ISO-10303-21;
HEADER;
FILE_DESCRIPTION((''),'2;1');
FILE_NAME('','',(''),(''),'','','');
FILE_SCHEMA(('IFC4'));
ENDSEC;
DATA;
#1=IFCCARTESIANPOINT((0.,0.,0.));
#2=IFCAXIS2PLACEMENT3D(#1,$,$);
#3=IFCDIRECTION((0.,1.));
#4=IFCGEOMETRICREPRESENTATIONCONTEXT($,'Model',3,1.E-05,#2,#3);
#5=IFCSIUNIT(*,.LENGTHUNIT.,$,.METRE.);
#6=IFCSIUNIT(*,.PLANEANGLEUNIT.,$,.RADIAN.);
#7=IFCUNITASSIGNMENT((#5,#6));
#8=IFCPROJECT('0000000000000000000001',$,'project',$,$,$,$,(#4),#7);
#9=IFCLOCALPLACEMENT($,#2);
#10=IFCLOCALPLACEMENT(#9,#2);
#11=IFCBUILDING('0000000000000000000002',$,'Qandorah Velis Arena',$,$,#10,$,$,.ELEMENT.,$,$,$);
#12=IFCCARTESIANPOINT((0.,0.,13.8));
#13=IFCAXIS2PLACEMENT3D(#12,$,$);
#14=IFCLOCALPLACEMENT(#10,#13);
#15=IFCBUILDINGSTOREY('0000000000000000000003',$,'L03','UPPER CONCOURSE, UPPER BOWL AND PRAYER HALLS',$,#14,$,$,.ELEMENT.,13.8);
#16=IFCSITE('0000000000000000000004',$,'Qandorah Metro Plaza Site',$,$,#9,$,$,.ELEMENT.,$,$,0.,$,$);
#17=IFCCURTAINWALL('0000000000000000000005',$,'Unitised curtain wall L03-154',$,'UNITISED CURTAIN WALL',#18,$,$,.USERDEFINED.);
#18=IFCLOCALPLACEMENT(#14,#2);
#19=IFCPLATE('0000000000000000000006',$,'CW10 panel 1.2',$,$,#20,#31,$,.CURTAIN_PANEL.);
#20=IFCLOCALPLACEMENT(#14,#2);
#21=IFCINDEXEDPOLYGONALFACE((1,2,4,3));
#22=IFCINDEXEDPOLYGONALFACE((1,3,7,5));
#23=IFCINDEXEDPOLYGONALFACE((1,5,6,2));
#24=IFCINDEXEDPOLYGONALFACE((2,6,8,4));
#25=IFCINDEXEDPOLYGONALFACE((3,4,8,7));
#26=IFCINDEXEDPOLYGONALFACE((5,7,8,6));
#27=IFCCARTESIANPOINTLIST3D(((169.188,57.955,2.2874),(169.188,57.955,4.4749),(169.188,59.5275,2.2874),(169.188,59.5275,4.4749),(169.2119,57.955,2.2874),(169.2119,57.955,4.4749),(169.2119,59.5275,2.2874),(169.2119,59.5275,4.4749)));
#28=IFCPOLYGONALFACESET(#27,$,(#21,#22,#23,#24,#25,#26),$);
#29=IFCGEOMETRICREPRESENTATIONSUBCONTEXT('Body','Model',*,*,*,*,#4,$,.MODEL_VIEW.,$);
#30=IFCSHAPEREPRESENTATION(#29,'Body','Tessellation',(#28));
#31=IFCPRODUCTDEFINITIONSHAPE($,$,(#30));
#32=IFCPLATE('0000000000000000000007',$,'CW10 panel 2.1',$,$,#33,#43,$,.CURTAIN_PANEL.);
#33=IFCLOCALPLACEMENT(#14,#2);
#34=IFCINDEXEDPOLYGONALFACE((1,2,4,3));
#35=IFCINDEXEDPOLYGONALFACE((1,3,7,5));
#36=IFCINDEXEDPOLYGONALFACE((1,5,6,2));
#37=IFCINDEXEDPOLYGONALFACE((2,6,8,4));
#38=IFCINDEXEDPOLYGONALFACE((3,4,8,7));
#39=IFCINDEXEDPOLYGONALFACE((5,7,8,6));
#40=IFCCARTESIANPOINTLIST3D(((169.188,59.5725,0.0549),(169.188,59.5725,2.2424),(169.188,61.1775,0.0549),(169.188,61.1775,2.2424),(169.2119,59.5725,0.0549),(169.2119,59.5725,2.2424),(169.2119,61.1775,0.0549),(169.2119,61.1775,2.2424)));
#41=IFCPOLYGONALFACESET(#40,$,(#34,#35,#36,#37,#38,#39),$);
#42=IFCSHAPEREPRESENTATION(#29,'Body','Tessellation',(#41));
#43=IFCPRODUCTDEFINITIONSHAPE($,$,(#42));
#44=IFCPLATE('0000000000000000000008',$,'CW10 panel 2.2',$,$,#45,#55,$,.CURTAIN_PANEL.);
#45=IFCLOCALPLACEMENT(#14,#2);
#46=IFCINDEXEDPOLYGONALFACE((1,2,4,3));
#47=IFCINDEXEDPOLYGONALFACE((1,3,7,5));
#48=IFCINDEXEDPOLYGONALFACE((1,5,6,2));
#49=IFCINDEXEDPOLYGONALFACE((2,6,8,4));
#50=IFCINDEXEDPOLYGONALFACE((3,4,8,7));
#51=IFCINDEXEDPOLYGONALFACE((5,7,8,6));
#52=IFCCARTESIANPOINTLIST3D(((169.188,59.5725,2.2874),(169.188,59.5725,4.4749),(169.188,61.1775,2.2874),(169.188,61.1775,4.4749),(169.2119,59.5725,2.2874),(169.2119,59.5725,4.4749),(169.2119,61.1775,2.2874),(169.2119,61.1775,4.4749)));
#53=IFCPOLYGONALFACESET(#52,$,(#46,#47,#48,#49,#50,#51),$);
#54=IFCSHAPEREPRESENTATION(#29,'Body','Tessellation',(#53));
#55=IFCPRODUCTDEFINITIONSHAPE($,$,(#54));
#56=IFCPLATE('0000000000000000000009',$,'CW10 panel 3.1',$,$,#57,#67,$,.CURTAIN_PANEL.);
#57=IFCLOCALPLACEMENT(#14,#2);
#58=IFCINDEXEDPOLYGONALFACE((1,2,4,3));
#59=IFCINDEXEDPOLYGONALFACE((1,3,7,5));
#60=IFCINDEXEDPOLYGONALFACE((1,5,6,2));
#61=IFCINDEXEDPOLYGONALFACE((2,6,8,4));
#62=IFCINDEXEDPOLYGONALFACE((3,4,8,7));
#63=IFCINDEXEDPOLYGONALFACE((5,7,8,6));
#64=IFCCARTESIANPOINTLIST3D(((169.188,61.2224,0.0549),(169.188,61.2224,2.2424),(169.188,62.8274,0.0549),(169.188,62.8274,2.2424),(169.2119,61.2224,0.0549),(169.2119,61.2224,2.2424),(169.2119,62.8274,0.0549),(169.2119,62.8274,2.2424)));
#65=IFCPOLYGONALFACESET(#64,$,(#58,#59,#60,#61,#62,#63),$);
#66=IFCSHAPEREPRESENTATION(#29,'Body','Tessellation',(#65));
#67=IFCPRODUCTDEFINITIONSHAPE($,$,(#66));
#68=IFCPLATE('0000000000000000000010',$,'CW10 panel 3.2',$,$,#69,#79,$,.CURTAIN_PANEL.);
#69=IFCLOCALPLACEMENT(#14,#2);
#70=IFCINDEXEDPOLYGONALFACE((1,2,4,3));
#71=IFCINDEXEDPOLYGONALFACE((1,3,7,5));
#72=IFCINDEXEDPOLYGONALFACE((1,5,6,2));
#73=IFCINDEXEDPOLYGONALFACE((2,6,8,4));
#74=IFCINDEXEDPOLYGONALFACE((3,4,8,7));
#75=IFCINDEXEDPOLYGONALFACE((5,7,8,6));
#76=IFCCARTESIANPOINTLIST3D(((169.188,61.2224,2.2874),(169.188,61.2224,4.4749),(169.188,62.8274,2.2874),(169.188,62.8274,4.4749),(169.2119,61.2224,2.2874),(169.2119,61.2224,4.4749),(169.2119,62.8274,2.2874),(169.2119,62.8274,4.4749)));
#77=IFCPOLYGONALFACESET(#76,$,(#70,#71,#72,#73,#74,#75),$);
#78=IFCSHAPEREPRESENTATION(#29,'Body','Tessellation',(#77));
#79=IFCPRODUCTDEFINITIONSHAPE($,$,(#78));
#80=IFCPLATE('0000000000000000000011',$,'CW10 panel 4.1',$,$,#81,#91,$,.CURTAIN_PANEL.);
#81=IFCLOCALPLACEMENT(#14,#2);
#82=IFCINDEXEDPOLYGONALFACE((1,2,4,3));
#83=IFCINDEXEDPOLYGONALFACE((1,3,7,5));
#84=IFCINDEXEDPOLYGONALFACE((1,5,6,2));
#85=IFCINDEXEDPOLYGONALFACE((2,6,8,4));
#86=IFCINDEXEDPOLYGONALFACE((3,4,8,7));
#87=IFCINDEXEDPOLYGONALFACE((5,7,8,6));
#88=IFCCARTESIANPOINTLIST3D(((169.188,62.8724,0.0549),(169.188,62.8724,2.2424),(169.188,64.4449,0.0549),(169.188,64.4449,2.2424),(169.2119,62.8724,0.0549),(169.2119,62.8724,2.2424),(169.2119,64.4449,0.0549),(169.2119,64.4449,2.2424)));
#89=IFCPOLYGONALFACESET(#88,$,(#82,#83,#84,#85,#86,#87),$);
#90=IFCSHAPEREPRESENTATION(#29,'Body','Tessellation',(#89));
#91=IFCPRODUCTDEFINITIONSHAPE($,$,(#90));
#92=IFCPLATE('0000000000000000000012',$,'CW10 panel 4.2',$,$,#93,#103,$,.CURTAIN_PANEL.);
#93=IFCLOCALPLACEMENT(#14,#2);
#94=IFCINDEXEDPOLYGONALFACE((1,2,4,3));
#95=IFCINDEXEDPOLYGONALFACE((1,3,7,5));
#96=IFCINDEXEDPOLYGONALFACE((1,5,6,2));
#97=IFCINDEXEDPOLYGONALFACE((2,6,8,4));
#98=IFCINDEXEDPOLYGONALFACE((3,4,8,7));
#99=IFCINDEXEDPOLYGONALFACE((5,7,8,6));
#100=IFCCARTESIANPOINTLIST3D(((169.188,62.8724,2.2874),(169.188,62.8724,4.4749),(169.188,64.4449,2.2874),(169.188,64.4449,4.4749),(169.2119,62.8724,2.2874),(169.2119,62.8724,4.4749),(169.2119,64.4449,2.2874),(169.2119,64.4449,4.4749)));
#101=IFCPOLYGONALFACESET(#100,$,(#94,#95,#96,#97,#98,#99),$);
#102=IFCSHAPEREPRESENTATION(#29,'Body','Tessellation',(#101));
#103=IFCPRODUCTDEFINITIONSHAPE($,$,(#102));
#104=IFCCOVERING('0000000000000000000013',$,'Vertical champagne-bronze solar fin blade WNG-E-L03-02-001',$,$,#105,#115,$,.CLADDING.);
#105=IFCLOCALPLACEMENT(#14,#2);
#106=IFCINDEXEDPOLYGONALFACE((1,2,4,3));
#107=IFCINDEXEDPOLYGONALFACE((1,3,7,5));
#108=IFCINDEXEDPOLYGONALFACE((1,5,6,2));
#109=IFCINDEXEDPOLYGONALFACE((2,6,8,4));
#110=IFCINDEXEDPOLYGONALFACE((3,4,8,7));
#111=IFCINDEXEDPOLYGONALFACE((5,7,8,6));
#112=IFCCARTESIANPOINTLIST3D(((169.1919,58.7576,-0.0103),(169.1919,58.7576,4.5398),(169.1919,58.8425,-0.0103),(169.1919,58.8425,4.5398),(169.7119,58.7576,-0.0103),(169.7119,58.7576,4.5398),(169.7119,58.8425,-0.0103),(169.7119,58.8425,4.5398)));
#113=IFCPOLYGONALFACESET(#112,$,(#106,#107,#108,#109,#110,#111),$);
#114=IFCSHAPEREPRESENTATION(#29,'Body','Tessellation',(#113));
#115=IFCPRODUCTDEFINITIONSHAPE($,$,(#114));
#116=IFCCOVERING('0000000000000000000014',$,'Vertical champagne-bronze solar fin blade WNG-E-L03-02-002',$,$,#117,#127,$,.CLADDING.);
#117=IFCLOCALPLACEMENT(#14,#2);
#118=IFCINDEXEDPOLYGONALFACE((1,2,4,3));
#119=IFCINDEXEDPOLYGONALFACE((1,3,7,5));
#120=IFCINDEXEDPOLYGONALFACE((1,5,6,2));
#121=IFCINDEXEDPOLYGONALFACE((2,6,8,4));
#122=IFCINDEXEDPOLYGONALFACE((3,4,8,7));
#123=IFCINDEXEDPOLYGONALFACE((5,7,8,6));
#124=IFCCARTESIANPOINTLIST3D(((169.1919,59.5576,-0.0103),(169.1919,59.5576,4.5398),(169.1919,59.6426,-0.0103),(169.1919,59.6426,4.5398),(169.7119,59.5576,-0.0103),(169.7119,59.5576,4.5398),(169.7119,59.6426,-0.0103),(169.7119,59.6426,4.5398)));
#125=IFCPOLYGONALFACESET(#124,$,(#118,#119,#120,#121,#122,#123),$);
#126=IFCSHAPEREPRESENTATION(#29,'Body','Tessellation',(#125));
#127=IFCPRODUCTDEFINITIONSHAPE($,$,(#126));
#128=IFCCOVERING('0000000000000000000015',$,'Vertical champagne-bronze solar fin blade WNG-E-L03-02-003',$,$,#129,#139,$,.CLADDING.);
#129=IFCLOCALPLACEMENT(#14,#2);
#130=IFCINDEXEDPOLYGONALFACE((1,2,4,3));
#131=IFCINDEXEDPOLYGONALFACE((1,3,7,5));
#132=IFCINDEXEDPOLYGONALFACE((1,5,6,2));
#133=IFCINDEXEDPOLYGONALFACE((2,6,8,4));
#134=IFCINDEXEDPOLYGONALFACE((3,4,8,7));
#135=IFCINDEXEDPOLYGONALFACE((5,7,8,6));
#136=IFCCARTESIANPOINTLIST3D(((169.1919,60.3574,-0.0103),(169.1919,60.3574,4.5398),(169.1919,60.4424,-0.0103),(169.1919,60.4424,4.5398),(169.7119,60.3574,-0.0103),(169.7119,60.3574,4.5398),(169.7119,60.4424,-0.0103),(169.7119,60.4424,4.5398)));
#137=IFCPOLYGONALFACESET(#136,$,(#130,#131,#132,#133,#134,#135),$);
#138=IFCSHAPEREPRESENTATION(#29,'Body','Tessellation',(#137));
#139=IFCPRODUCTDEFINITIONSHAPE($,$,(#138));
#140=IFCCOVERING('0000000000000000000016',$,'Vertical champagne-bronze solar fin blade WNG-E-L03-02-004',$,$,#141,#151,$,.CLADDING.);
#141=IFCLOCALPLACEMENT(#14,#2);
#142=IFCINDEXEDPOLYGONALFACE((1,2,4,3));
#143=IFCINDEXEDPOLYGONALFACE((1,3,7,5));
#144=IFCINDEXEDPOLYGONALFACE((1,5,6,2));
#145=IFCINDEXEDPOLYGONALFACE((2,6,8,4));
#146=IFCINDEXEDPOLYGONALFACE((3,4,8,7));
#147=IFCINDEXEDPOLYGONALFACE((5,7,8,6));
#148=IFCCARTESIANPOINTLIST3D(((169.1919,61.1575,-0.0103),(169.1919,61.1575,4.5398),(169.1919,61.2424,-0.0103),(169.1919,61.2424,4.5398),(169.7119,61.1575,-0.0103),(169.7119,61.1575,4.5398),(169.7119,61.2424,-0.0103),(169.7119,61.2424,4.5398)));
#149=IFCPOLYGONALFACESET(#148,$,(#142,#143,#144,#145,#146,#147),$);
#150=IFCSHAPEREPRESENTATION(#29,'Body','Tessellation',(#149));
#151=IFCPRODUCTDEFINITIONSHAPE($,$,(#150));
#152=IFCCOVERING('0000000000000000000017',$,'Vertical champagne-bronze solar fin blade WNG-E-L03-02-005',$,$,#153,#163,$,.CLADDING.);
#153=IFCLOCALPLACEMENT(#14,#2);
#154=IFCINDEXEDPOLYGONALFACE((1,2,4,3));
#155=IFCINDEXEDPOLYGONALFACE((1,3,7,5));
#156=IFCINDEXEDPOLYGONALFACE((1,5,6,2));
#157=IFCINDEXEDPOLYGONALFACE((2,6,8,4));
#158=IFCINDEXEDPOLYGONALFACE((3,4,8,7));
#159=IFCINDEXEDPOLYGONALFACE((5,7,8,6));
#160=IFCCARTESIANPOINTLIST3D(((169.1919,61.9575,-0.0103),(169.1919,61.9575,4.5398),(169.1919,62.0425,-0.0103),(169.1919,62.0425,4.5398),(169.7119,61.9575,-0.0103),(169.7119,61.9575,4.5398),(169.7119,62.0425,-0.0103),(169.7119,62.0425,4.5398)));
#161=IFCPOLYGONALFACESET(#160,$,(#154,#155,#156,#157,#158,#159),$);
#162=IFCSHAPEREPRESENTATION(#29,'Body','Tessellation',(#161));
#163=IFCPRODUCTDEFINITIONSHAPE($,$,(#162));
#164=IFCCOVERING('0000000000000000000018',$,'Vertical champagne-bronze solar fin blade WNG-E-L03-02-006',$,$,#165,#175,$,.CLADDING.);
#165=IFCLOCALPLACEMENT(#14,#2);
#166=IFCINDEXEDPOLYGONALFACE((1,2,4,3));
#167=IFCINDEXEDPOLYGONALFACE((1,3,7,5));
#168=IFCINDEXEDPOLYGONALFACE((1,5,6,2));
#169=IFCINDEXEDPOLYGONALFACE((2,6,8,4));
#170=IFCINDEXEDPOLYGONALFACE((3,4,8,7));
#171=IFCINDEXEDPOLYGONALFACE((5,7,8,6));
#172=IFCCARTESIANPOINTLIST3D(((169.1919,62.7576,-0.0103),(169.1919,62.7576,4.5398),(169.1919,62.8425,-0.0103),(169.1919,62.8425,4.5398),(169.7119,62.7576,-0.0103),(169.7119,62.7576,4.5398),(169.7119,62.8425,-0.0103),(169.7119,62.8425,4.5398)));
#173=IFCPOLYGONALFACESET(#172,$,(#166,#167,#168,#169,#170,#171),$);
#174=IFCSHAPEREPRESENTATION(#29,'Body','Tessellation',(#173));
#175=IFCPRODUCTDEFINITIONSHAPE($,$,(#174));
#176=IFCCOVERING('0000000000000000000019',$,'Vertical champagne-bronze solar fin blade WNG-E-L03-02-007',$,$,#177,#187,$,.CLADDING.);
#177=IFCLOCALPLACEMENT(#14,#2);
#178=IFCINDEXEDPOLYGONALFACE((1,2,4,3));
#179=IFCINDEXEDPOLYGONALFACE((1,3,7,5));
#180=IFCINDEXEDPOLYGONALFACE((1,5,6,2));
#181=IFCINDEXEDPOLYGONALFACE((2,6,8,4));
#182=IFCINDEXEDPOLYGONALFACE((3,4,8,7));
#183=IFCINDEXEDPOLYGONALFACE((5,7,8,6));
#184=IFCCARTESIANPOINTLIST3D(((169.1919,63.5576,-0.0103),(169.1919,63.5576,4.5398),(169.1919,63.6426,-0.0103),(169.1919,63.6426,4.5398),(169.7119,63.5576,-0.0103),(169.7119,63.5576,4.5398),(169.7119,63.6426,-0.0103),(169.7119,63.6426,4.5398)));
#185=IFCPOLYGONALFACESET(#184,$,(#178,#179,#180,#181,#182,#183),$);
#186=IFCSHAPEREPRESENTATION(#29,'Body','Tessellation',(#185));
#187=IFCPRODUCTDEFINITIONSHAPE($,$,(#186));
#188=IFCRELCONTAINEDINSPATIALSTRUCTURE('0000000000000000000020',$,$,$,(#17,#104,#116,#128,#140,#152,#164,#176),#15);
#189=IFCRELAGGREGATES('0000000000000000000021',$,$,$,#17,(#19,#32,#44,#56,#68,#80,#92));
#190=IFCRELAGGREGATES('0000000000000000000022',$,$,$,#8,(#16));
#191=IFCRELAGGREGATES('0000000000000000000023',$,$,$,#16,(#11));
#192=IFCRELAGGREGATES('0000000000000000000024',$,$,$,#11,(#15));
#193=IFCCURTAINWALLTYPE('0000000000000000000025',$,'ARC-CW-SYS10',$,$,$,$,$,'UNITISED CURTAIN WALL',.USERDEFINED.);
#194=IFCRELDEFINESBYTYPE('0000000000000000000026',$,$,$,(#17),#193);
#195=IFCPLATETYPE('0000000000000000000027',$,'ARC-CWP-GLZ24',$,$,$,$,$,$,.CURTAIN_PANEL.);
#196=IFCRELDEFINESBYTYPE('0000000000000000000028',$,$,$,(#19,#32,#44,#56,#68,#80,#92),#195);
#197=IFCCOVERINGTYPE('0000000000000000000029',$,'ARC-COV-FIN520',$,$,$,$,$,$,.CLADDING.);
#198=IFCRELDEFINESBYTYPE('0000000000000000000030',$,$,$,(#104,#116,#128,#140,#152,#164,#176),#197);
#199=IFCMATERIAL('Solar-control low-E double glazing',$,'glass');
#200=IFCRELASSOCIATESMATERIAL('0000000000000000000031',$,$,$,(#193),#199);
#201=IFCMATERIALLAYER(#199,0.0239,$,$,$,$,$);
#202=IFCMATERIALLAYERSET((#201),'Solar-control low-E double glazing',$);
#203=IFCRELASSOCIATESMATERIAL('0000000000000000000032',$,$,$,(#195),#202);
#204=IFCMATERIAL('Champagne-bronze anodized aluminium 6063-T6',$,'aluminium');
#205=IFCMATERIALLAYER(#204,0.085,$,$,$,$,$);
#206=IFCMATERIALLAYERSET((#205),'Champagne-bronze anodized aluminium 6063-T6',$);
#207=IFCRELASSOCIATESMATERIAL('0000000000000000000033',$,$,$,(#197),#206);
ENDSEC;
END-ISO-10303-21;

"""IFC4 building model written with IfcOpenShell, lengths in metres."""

from ifc_helpers import new_model, si_unit, direction, frame, origin, origin_2d, place, context, subcontext, project, spatial, rectangle, extrude, material, layer, layer_set, type_object, element, aggregate, save


model = new_model("IFC4")

# Units and contexts
model_context = context("Model", 3, precision=1e-05, world=origin(), true_north=direction((0.0, 1.0)))
body_context = subcontext(model_context, "Body", "Model", "MODEL_VIEW")
ifc_project = project(units=[si_unit("LENGTHUNIT", "METRE"), si_unit("PLANEANGLEUNIT", "RADIAN")], contexts=[model_context])

# Site, building, storey
site_placement = place(None, origin())
site = spatial("IfcSite", under=ifc_project, at=site_placement, Name="Qandorah Metro Plaza Site", CompositionType="ELEMENT", RefElevation=0.0)
building_placement = place(site_placement, origin())
building = spatial("IfcBuilding", under=site, at=building_placement, Name="Qandorah Velis Arena", CompositionType="ELEMENT")
storey_placement = place(building_placement, frame((0.0, 0.0, 13.8)))
storey = spatial("IfcBuildingStorey", under=building, at=storey_placement, Name="L03", Description="UPPER CONCOURSE, UPPER BOWL AND PRAYER HALLS", CompositionType="ELEMENT", Elevation=13.8)

# Curtain wall
ifc_material_1 = material(Name="Solar-control low-E double glazing", Category="glass")
curtain_wall_type = type_object("IfcCurtainWallType", Name="ARC-CW-SYS10", ElementType="UNITISED CURTAIN WALL", PredefinedType="USERDEFINED", material=ifc_material_1)
curtain_wall_placement = place(storey_placement, origin())
curtain_wall = element("IfcCurtainWall", 1, at=curtain_wall_placement, inside=storey, type_object=curtain_wall_type, Name="Unitised curtain wall L03-154", ObjectType="UNITISED CURTAIN WALL", PredefinedType="USERDEFINED")
ifc_material_2 = material(Name="Champagne-bronze anodized aluminium 6063-T6", Category="aluminium")

# Plates
ifc_layer_1 = layer(ifc_material_1, 0.0239)
ifc_layer_set_1 = layer_set([ifc_layer_1], Name="Solar-control low-E double glazing")
plate_type = type_object("IfcPlateType", Name="ARC-CWP-GLZ24", PredefinedType="CURTAIN_PANEL", material=ifc_layer_set_1)
plate_1_placement = place(storey_placement, frame((169.2, 58.7412, 2.2874), z_axis=(0.0, 0.0, 1.0), x_axis=(0.0, 1.0, 0.0)))
plate_1 = element("IfcPlate", 2, at=plate_1_placement, type_object=plate_type, Name="CW10 panel 1.2", PredefinedType="CURTAIN_PANEL", context=body_context, shape_type="SweptSolid", body=[
    extrude(rectangle(XDim=1.5725, YDim=0.0239, at=origin_2d()), origin(), (0.0, 0.0, 1.0), 2.1875),
])
plate_2_placement = place(storey_placement, frame((169.2, 60.375, 0.0549), z_axis=(0.0, 0.0, 1.0), x_axis=(0.0, 1.0, 0.0)))
plate_2 = element("IfcPlate", 3, at=plate_2_placement, type_object=plate_type, Name="CW10 panel 2.1", PredefinedType="CURTAIN_PANEL", context=body_context, shape_type="SweptSolid", body=[
    extrude(rectangle(XDim=1.605, YDim=0.0239, at=origin_2d()), origin(), (0.0, 0.0, 1.0), 2.1875),
])
plate_3_placement = place(storey_placement, frame((169.2, 60.375, 2.2874), z_axis=(0.0, 0.0, 1.0), x_axis=(0.0, 1.0, 0.0)))
plate_3 = element("IfcPlate", 4, at=plate_3_placement, type_object=plate_type, Name="CW10 panel 2.2", PredefinedType="CURTAIN_PANEL", context=body_context, shape_type="SweptSolid", body=[
    extrude(rectangle(XDim=1.605, YDim=0.0239, at=origin_2d()), origin(), (0.0, 0.0, 1.0), 2.1875),
])
plate_4_placement = place(storey_placement, frame((169.2, 62.0249, 0.0549), z_axis=(0.0, 0.0, 1.0), x_axis=(0.0, 1.0, 0.0)))
plate_4 = element("IfcPlate", 5, at=plate_4_placement, type_object=plate_type, Name="CW10 panel 3.1", PredefinedType="CURTAIN_PANEL", context=body_context, shape_type="SweptSolid", body=[
    extrude(rectangle(XDim=1.605, YDim=0.0239, at=origin_2d()), origin(), (0.0, 0.0, 1.0), 2.1875),
])
plate_5_placement = place(storey_placement, frame((169.2, 62.0249, 2.2874), z_axis=(0.0, 0.0, 1.0), x_axis=(0.0, 1.0, 0.0)))
plate_5 = element("IfcPlate", 6, at=plate_5_placement, type_object=plate_type, Name="CW10 panel 3.2", PredefinedType="CURTAIN_PANEL", context=body_context, shape_type="SweptSolid", body=[
    extrude(rectangle(XDim=1.605, YDim=0.0239, at=origin_2d()), origin(), (0.0, 0.0, 1.0), 2.1875),
])
plate_6_placement = place(storey_placement, frame((169.2, 63.6587, 0.0549), z_axis=(0.0, 0.0, 1.0), x_axis=(0.0, 1.0, 0.0)))
plate_6 = element("IfcPlate", 7, at=plate_6_placement, type_object=plate_type, Name="CW10 panel 4.1", PredefinedType="CURTAIN_PANEL", context=body_context, shape_type="SweptSolid", body=[
    extrude(rectangle(XDim=1.5725, YDim=0.0239, at=origin_2d()), origin(), (0.0, 0.0, 1.0), 2.1875),
])
plate_7_placement = place(storey_placement, frame((169.2, 63.6587, 2.2874), z_axis=(0.0, 0.0, 1.0), x_axis=(0.0, 1.0, 0.0)))
plate_7 = element("IfcPlate", 8, at=plate_7_placement, type_object=plate_type, Name="CW10 panel 4.2", PredefinedType="CURTAIN_PANEL", context=body_context, shape_type="SweptSolid", body=[
    extrude(rectangle(XDim=1.5725, YDim=0.0239, at=origin_2d()), origin(), (0.0, 0.0, 1.0), 2.1875),
])
aggregate(curtain_wall, [plate_1, plate_2, plate_3, plate_4, plate_5, plate_6, plate_7])

# Coverings
ifc_layer_2 = layer(ifc_material_2, 0.085)
ifc_layer_set_2 = layer_set([ifc_layer_2], Name="Champagne-bronze anodized aluminium 6063-T6")
covering_type = type_object("IfcCoveringType", Name="ARC-COV-FIN520", PredefinedType="CLADDING", material=ifc_layer_set_2)
for number, where, z_axis, x_axis, name in (
    (9, (169.4519, 58.8, -0.0103), (0.0, 0.0, 1.0), (1.0, 0.0, 0.0), "Vertical champagne-bronze solar fin blade WNG-E-L03-02-001"),
    (10, (169.4519, 59.6001, -0.0103), (0.0, 0.0, 1.0), (1.0, 0.0, 0.0), "Vertical champagne-bronze solar fin blade WNG-E-L03-02-002"),
    (11, (169.4519, 60.3999, -0.0103), (0.0, 0.0, 1.0), (1.0, 0.0, 0.0), "Vertical champagne-bronze solar fin blade WNG-E-L03-02-003"),
    (12, (169.4519, 61.2, -0.0103), (0.0, 0.0, 1.0), (1.0, 0.0, 0.0), "Vertical champagne-bronze solar fin blade WNG-E-L03-02-004"),
    (13, (169.4519, 62.0, -0.0103), (0.0, 0.0, 1.0), (1.0, 0.0, 0.0), "Vertical champagne-bronze solar fin blade WNG-E-L03-02-005"),
    (14, (169.4519, 62.8, -0.0103), (0.0, 0.0, 1.0), (1.0, 0.0, 0.0), "Vertical champagne-bronze solar fin blade WNG-E-L03-02-006"),
    (15, (169.4519, 63.6001, -0.0103), (0.0, 0.0, 1.0), (1.0, 0.0, 0.0), "Vertical champagne-bronze solar fin blade WNG-E-L03-02-007"),
):
    element("IfcCovering", number, at=place(storey_placement, frame(where, z_axis=z_axis, x_axis=x_axis)), inside=storey, type_object=covering_type, Name=name, PredefinedType="CLADDING", context=body_context, shape_type="SweptSolid", body=[
        extrude(rectangle(XDim=0.52, YDim=0.085, at=origin_2d()), origin(), (0.0, 0.0, 1.0), 4.55),
    ])

save(model, "model.ifc")
